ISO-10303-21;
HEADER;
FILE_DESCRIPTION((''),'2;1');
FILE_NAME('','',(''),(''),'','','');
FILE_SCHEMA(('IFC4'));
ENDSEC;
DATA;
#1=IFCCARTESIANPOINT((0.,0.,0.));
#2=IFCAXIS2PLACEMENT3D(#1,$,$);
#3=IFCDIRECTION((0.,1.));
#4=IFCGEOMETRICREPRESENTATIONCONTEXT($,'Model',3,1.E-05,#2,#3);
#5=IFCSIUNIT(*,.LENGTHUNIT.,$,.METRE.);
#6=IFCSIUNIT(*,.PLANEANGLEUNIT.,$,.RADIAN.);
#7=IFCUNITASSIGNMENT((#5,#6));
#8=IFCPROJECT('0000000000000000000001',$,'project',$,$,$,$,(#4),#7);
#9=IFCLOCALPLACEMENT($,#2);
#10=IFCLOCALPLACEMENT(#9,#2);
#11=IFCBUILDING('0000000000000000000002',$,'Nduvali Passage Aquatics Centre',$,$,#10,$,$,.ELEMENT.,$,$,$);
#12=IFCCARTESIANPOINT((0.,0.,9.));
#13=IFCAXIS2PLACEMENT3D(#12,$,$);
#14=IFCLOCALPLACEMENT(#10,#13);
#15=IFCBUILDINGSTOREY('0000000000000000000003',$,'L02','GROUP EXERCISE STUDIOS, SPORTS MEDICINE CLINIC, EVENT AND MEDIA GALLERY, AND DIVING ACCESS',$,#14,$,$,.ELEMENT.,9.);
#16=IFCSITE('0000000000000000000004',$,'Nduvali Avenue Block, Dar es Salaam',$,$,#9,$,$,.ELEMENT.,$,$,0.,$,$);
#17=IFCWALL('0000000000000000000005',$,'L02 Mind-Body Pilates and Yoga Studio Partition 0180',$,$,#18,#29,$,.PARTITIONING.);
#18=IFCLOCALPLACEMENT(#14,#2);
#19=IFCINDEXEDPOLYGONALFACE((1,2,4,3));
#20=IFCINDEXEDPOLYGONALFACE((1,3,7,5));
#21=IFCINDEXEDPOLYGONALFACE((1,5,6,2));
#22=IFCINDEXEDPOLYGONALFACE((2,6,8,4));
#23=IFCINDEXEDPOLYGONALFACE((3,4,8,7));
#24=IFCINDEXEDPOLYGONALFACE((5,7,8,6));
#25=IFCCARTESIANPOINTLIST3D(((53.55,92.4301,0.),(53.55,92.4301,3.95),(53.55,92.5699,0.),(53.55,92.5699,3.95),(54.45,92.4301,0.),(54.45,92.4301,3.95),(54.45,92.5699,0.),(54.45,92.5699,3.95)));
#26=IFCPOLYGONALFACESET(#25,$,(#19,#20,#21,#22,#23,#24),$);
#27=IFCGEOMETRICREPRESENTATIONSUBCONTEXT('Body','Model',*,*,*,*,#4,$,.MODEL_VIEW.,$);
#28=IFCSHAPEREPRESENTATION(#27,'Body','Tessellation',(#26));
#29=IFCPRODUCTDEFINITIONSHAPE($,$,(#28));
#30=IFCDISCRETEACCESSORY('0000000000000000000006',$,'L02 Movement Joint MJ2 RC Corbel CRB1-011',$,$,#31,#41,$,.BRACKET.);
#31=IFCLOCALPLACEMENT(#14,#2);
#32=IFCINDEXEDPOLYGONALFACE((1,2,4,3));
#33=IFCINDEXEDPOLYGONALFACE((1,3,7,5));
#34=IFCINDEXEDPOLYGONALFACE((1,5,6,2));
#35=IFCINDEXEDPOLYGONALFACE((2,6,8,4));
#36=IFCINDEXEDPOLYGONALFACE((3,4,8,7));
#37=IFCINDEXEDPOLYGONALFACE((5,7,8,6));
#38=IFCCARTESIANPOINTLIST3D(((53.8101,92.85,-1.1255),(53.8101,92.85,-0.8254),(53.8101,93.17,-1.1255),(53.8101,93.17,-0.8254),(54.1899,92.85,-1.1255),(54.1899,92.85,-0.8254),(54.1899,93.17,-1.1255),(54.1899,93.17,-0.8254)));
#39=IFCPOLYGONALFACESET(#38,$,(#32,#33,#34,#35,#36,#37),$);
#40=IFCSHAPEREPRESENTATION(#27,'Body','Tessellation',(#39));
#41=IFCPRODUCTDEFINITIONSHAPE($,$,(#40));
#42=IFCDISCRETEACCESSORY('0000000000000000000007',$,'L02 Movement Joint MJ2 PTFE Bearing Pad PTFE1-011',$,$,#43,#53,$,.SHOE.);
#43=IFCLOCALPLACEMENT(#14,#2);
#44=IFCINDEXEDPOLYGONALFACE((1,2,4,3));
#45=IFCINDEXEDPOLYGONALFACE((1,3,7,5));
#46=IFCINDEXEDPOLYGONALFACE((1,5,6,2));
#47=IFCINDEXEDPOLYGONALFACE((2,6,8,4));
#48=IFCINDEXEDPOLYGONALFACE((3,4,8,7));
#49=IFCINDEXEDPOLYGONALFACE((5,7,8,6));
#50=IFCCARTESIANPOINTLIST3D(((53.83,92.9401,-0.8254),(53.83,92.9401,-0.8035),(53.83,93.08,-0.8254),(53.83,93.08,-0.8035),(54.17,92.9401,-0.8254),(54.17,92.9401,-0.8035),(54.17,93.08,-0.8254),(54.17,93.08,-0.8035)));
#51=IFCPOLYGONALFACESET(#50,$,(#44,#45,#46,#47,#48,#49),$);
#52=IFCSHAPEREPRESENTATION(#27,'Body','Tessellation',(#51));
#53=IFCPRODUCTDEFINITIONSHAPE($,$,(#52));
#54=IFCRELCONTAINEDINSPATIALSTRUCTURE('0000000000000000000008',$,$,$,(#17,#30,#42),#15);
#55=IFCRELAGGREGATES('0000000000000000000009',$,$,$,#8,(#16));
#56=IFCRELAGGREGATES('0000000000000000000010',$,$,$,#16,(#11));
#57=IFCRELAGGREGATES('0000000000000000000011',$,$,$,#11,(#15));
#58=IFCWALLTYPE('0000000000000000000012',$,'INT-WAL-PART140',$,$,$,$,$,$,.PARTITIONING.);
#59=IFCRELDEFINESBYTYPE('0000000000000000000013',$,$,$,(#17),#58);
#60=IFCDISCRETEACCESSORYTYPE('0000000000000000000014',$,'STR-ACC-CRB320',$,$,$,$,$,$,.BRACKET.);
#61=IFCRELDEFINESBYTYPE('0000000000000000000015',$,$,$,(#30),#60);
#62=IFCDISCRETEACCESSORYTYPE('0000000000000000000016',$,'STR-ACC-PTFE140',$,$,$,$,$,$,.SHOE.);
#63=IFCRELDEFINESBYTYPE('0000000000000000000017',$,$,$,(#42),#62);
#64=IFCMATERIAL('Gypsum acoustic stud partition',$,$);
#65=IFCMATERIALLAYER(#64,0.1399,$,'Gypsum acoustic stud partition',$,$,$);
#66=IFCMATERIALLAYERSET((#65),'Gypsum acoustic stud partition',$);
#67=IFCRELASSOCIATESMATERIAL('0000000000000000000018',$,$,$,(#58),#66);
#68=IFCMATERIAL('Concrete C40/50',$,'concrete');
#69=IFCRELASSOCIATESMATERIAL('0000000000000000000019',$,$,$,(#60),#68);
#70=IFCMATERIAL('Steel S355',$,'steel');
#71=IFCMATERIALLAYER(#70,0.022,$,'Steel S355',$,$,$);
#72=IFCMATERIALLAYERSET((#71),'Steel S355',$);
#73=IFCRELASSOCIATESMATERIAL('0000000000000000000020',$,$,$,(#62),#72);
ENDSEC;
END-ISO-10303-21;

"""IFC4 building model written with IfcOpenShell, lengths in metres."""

from ifc_helpers import new_model, si_unit, direction, frame, frame_2d, origin, origin_2d, place, context, subcontext, project, spatial, rectangle, extrude, material, layer, layer_set, type_object, element, save


model = new_model("IFC4")

# Units and contexts
model_context = context("Model", 3, precision=1e-05, world=origin(), true_north=direction((0.0, 1.0)))
body_context = subcontext(model_context, "Body", "Model", "MODEL_VIEW")
ifc_project = project(units=[si_unit("LENGTHUNIT", "METRE"), si_unit("PLANEANGLEUNIT", "RADIAN")], contexts=[model_context])

# Site, building, storey
site_placement = place(None, origin())
site = spatial("IfcSite", under=ifc_project, at=site_placement, Name="Nduvali Avenue Block, Dar es Salaam", CompositionType="ELEMENT", RefElevation=0.0)
building_placement = place(site_placement, origin())
building = spatial("IfcBuilding", under=site, at=building_placement, Name="Nduvali Passage Aquatics Centre", CompositionType="ELEMENT")
storey_placement = place(building_placement, frame((0.0, 0.0, 9.0)))
storey = spatial("IfcBuildingStorey", under=building, at=storey_placement, Name="L02", Description="GROUP EXERCISE STUDIOS, SPORTS MEDICINE CLINIC, EVENT AND MEDIA GALLERY, AND DIVING ACCESS", CompositionType="ELEMENT", Elevation=9.0)

# Shared definitions
ifc_material_1 = material(Name="Concrete C40/50", Category="concrete")

# Shared definitions
ifc_material_2 = material(Name="Steel S355", Category="steel")

# Wall
ifc_material_3 = material(Name="Gypsum acoustic stud partition")
ifc_layer_1 = layer(ifc_material_3, 0.1399, Name="Gypsum acoustic stud partition")
ifc_layer_set_1 = layer_set([ifc_layer_1], Name="Gypsum acoustic stud partition")
wall_type_1 = type_object("IfcWallType", Name="INT-WAL-PART140", PredefinedType="PARTITIONING", material=ifc_layer_set_1)
wall_1_placement = place(storey_placement, frame((53.55, 92.5, 0.0), z_axis=(0.0, 0.0, 1.0), x_axis=(1.0, 0.0, 0.0)))
element("IfcWall", 1, at=wall_1_placement, inside=storey, type_object=wall_type_1, Name="L02 Mind-Body Pilates and Yoga Studio Partition 0180", PredefinedType="PARTITIONING", context=body_context, shape_type="SweptSolid", body=[
    extrude(rectangle(XDim=0.8999, YDim=0.1399, at=frame_2d((0.45, 0.0))), origin(), (0.0, 0.0, 1.0), 3.95),
])

# Discrete accessories
discrete_accessory_type_1 = type_object("IfcDiscreteAccessoryType", Name="STR-ACC-CRB320", PredefinedType="BRACKET", material=ifc_material_1)
discrete_accessory_1_placement = place(storey_placement, frame((54.0, 93.01, -1.1255), z_axis=(0.0, 0.0, 1.0), x_axis=(0.0, 1.0, 0.0)))
element("IfcDiscreteAccessory", 2, at=discrete_accessory_1_placement, inside=storey, type_object=discrete_accessory_type_1, Name="L02 Movement Joint MJ2 RC Corbel CRB1-011", PredefinedType="BRACKET", context=body_context, shape_type="SweptSolid", body=[
    extrude(rectangle(XDim=0.3201, YDim=0.3799, at=origin_2d()), origin(), (0.0, 0.0, 1.0), 0.3),
])
ifc_layer_2 = layer(ifc_material_2, 0.022, Name="Steel S355")
ifc_layer_set_2 = layer_set([ifc_layer_2], Name="Steel S355")
discrete_accessory_type_2 = type_object("IfcDiscreteAccessoryType", Name="STR-ACC-PTFE140", PredefinedType="SHOE", material=ifc_layer_set_2)
discrete_accessory_2_placement = place(storey_placement, frame((54.0, 93.01, -0.8254), z_axis=(0.0, 0.0, 1.0), x_axis=(0.0, 1.0, 0.0)))
element("IfcDiscreteAccessory", 3, at=discrete_accessory_2_placement, inside=storey, type_object=discrete_accessory_type_2, Name="L02 Movement Joint MJ2 PTFE Bearing Pad PTFE1-011", PredefinedType="SHOE", context=body_context, shape_type="SweptSolid", body=[
    extrude(rectangle(XDim=0.1399, YDim=0.3401, at=origin_2d()), origin(), (0.0, 0.0, 1.0), 0.022),
])

save(model, "model.ifc")
